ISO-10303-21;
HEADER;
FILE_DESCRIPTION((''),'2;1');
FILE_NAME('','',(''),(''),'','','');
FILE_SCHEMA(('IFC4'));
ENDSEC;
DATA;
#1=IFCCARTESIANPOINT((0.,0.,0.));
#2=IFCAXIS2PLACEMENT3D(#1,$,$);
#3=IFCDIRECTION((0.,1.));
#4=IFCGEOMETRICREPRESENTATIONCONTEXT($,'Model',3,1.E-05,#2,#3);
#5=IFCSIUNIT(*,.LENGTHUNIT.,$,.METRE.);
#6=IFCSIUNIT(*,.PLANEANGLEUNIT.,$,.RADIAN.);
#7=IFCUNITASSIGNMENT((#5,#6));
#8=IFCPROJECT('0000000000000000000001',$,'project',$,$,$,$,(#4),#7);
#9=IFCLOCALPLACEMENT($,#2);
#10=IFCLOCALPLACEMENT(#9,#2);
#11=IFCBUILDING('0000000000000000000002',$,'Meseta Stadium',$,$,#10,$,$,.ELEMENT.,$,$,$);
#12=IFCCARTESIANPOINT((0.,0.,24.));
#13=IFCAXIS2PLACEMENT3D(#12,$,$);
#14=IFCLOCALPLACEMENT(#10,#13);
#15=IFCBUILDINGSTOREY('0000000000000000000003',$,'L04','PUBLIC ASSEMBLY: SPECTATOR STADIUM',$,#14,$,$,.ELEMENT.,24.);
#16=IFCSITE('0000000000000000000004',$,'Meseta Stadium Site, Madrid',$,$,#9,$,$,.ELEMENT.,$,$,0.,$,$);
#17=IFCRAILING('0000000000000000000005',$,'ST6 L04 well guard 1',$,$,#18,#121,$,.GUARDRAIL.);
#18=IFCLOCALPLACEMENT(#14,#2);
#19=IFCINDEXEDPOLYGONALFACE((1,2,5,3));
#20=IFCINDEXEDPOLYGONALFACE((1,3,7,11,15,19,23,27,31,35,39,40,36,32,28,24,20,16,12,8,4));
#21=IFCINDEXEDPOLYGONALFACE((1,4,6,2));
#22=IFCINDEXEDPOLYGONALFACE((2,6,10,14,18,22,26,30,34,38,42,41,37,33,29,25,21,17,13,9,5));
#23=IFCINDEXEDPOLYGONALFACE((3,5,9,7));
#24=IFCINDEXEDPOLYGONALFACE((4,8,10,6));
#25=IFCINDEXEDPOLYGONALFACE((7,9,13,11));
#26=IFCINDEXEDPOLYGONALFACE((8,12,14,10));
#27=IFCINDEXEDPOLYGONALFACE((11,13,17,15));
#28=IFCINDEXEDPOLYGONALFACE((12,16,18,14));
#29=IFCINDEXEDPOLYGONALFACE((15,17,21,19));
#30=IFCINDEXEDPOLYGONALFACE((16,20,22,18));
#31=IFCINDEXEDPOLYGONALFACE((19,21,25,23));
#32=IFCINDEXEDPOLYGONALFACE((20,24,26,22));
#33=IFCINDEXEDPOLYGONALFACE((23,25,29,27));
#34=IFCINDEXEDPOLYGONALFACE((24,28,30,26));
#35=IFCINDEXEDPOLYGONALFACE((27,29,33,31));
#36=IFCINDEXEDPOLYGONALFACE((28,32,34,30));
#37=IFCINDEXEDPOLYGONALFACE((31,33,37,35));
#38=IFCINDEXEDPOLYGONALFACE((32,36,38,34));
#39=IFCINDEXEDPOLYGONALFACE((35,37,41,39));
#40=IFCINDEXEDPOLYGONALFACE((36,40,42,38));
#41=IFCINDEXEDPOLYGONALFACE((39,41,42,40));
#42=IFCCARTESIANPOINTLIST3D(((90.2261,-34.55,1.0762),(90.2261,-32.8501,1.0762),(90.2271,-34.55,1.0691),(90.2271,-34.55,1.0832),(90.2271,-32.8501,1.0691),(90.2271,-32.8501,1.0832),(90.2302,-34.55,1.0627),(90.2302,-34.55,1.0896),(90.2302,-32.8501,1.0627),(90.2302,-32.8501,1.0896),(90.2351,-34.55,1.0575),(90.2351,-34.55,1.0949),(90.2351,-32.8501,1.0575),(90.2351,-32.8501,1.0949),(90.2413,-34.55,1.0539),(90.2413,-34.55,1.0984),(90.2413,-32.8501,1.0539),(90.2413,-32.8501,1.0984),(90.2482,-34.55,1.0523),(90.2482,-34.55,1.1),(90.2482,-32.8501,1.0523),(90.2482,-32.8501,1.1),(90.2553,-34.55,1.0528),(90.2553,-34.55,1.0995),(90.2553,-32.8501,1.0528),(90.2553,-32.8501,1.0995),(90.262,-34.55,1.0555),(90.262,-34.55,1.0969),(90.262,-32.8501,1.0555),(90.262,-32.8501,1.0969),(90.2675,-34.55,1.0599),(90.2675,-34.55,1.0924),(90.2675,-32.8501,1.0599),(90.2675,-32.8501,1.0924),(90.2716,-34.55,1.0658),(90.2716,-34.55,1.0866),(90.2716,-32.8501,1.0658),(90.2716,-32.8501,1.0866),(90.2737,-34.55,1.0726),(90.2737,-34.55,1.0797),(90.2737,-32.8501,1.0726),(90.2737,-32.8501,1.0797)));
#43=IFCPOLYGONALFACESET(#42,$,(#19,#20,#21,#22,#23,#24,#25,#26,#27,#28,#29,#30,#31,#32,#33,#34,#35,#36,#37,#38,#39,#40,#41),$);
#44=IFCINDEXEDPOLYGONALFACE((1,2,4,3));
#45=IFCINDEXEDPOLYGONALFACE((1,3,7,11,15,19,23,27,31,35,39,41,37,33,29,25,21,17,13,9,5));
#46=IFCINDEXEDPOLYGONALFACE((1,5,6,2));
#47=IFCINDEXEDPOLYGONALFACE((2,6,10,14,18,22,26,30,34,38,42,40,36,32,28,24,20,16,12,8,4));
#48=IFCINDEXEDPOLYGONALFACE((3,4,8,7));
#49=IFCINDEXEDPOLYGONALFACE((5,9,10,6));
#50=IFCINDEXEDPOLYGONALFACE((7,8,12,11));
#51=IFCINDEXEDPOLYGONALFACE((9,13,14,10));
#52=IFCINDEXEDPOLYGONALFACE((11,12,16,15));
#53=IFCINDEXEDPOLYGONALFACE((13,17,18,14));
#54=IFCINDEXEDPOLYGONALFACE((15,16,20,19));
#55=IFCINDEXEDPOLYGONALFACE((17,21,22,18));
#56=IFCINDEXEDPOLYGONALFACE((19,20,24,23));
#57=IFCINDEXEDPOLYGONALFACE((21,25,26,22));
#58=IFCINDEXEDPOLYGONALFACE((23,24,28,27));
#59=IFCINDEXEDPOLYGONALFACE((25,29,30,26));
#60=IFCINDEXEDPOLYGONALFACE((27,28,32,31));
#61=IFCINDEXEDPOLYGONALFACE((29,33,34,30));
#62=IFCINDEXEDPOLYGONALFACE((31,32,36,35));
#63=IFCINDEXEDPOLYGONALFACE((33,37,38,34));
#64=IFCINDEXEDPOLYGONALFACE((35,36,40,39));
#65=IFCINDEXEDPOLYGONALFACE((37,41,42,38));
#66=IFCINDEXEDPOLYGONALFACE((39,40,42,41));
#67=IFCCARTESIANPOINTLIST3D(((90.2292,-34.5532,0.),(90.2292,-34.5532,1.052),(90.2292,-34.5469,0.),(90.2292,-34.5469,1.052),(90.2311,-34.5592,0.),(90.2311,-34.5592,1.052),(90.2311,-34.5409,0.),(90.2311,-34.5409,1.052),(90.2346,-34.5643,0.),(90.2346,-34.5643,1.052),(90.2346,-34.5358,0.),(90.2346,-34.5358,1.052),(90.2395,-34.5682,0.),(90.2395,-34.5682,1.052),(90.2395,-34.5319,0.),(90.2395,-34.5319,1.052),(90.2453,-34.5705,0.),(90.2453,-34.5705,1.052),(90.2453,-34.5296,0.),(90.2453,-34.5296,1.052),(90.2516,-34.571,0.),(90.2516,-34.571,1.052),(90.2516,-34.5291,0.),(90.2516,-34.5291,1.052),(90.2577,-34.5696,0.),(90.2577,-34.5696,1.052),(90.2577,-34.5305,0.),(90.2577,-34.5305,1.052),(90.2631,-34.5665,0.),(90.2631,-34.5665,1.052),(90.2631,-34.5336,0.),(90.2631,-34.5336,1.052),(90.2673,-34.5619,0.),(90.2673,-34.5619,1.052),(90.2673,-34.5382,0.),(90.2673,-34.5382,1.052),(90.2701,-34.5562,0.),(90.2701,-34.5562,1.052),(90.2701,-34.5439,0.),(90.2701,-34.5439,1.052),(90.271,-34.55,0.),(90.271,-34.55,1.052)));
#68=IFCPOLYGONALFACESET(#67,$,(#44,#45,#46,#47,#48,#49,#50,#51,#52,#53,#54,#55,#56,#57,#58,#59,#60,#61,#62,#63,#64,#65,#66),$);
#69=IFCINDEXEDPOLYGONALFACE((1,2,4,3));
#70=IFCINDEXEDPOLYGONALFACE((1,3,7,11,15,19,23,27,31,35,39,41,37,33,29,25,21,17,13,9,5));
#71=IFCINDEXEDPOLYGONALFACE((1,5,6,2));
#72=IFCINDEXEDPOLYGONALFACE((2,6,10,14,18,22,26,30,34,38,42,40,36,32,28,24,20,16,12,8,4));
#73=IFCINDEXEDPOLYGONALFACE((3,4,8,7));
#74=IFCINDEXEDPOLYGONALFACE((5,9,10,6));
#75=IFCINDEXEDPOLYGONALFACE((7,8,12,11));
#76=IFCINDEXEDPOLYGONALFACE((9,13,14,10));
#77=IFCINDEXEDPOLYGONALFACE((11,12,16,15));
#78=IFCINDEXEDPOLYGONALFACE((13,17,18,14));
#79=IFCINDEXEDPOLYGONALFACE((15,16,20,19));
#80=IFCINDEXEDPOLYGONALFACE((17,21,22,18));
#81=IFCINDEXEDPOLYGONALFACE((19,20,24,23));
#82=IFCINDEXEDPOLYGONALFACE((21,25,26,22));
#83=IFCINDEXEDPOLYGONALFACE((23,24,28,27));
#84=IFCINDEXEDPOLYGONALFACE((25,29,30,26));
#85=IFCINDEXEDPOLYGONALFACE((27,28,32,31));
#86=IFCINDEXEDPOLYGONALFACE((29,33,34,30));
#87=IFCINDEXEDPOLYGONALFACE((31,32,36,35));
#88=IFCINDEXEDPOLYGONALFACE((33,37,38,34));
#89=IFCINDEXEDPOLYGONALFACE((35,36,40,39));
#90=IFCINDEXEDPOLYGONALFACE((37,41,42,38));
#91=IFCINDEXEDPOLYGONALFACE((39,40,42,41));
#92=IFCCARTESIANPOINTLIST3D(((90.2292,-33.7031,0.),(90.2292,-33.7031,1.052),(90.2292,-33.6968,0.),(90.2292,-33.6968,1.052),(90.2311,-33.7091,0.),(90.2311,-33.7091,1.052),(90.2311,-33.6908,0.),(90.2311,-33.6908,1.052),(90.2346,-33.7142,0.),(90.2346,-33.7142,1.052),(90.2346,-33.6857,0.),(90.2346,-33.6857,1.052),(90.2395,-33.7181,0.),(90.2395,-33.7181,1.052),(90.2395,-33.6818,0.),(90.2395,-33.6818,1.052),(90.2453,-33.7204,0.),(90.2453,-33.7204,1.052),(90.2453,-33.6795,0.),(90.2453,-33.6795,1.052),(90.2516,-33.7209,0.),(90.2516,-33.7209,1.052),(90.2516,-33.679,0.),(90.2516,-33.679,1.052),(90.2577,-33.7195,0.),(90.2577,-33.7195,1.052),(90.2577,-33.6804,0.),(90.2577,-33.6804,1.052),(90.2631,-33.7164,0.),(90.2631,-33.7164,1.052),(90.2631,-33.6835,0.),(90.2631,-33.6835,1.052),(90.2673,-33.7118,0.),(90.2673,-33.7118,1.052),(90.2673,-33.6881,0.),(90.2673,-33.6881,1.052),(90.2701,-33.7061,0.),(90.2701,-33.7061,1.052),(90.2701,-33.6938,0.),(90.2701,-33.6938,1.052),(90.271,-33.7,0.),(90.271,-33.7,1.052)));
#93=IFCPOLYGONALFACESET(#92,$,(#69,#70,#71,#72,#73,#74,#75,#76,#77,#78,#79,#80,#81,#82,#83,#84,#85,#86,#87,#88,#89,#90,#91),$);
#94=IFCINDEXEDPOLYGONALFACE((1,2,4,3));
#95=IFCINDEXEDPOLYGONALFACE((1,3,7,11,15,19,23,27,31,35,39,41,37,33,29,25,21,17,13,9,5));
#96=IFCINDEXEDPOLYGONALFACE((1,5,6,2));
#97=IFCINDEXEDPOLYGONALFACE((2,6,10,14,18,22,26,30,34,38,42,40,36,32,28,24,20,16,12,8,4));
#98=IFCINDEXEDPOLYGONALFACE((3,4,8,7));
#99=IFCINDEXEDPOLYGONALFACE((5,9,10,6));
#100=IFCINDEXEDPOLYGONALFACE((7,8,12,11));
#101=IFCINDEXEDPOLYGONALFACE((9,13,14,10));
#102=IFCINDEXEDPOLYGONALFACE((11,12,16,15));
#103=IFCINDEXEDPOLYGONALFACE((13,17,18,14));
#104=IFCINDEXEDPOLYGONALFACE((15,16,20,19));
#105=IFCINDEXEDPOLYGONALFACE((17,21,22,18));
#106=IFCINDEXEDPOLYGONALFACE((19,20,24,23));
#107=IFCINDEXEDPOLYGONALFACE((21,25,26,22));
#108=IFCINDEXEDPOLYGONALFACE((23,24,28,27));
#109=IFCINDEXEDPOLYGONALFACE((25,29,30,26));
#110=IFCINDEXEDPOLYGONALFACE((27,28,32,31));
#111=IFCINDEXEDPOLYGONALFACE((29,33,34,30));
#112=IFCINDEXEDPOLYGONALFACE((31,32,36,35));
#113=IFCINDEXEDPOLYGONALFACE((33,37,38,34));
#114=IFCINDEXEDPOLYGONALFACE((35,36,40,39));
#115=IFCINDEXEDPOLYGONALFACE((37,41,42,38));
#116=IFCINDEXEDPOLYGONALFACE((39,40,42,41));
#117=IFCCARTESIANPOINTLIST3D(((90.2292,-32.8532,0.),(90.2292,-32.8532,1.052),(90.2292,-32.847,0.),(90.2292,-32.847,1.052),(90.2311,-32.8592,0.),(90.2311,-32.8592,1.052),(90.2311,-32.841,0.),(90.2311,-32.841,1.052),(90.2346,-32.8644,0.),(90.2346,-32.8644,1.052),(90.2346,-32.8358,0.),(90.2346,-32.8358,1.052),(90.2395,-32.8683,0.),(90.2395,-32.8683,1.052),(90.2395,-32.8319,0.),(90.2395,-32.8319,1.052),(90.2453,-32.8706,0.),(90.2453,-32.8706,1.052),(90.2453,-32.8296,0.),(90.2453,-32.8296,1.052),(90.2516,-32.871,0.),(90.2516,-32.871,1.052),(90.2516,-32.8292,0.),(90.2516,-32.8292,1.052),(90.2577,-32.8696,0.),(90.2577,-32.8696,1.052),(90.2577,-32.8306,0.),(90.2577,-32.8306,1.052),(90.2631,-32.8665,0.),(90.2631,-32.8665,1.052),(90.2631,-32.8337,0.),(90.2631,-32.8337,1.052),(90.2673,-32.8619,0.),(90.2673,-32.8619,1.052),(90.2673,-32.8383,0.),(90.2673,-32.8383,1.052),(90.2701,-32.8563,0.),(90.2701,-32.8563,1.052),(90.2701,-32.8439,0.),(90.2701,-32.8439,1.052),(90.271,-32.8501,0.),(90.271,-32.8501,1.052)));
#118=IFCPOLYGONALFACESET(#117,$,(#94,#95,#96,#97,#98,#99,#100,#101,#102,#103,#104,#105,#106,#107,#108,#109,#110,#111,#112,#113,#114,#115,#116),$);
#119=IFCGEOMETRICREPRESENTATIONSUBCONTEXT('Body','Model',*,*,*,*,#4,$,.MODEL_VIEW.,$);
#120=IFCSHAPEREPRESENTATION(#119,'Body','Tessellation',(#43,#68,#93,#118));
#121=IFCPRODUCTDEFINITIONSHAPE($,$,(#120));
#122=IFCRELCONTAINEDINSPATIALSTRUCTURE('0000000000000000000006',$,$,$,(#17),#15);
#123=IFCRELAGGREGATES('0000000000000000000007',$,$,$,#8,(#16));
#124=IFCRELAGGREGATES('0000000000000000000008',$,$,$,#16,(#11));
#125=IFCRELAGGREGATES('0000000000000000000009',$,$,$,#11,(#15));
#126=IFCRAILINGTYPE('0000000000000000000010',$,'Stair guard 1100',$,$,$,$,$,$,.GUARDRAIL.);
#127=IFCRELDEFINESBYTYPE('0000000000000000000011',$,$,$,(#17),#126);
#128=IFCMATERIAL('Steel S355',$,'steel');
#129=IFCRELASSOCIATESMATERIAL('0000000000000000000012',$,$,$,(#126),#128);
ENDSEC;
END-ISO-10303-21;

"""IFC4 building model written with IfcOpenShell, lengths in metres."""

from ifc_helpers import new_model, si_unit, direction, frame, origin, origin_2d, place, context, subcontext, project, spatial, circle, extrude, material, type_object, element, save


model = new_model("IFC4")

# Units and contexts
model_context = context("Model", 3, precision=1e-05, world=origin(), true_north=direction((0.0, 1.0)))
body_context = subcontext(model_context, "Body", "Model", "MODEL_VIEW")
ifc_project = project(units=[si_unit("LENGTHUNIT", "METRE"), si_unit("PLANEANGLEUNIT", "RADIAN")], contexts=[model_context])

# Site, building, storey
site_placement = place(None, origin())
site = spatial("IfcSite", under=ifc_project, at=site_placement, Name="Meseta Stadium Site, Madrid", CompositionType="ELEMENT", RefElevation=0.0)
building_placement = place(site_placement, origin())
building = spatial("IfcBuilding", under=site, at=building_placement, Name="Meseta Stadium", CompositionType="ELEMENT")
storey_placement = place(building_placement, frame((0.0, 0.0, 24.0)))
storey = spatial("IfcBuildingStorey", under=building, at=storey_placement, Name="L04", Description="PUBLIC ASSEMBLY: SPECTATOR STADIUM", CompositionType="ELEMENT", Elevation=24.0)

# Railing
ifc_material_1 = material(Name="Steel S355", Category="steel")
railing_type = type_object("IfcRailingType", Name="Stair guard 1100", PredefinedType="GUARDRAIL", material=ifc_material_1)
for number, where, name in (
    (1, (90.25, -34.55, 0.0), "ST6 L04 well guard 1"),
):
    element("IfcRailing", number, at=place(storey_placement, frame(where)), inside=storey, type_object=railing_type, Name=name, PredefinedType="GUARDRAIL", context=body_context, shape_type="SweptSolid", body=[
        extrude(circle(Radius=0.0239, at=origin_2d()), frame((0.0, 0.0, 1.0762), z_axis=(0.0, 1.0, 0.0), x_axis=(-1.0, 0.0, 0.0)), (0.0, 0.0, 1.0), 1.7),
        extrude(circle(Radius=0.021, at=origin_2d()), origin(), (0.0, 0.0, 1.0), 1.052),
        extrude(circle(Radius=0.021, at=origin_2d()), frame((0.0, 0.8501, 0.0)), (0.0, 0.0, 1.0), 1.052),
        extrude(circle(Radius=0.021, at=origin_2d()), frame((0.0, 1.7, 0.0)), (0.0, 0.0, 1.0), 1.052),
    ])

save(model, "model.ifc")
